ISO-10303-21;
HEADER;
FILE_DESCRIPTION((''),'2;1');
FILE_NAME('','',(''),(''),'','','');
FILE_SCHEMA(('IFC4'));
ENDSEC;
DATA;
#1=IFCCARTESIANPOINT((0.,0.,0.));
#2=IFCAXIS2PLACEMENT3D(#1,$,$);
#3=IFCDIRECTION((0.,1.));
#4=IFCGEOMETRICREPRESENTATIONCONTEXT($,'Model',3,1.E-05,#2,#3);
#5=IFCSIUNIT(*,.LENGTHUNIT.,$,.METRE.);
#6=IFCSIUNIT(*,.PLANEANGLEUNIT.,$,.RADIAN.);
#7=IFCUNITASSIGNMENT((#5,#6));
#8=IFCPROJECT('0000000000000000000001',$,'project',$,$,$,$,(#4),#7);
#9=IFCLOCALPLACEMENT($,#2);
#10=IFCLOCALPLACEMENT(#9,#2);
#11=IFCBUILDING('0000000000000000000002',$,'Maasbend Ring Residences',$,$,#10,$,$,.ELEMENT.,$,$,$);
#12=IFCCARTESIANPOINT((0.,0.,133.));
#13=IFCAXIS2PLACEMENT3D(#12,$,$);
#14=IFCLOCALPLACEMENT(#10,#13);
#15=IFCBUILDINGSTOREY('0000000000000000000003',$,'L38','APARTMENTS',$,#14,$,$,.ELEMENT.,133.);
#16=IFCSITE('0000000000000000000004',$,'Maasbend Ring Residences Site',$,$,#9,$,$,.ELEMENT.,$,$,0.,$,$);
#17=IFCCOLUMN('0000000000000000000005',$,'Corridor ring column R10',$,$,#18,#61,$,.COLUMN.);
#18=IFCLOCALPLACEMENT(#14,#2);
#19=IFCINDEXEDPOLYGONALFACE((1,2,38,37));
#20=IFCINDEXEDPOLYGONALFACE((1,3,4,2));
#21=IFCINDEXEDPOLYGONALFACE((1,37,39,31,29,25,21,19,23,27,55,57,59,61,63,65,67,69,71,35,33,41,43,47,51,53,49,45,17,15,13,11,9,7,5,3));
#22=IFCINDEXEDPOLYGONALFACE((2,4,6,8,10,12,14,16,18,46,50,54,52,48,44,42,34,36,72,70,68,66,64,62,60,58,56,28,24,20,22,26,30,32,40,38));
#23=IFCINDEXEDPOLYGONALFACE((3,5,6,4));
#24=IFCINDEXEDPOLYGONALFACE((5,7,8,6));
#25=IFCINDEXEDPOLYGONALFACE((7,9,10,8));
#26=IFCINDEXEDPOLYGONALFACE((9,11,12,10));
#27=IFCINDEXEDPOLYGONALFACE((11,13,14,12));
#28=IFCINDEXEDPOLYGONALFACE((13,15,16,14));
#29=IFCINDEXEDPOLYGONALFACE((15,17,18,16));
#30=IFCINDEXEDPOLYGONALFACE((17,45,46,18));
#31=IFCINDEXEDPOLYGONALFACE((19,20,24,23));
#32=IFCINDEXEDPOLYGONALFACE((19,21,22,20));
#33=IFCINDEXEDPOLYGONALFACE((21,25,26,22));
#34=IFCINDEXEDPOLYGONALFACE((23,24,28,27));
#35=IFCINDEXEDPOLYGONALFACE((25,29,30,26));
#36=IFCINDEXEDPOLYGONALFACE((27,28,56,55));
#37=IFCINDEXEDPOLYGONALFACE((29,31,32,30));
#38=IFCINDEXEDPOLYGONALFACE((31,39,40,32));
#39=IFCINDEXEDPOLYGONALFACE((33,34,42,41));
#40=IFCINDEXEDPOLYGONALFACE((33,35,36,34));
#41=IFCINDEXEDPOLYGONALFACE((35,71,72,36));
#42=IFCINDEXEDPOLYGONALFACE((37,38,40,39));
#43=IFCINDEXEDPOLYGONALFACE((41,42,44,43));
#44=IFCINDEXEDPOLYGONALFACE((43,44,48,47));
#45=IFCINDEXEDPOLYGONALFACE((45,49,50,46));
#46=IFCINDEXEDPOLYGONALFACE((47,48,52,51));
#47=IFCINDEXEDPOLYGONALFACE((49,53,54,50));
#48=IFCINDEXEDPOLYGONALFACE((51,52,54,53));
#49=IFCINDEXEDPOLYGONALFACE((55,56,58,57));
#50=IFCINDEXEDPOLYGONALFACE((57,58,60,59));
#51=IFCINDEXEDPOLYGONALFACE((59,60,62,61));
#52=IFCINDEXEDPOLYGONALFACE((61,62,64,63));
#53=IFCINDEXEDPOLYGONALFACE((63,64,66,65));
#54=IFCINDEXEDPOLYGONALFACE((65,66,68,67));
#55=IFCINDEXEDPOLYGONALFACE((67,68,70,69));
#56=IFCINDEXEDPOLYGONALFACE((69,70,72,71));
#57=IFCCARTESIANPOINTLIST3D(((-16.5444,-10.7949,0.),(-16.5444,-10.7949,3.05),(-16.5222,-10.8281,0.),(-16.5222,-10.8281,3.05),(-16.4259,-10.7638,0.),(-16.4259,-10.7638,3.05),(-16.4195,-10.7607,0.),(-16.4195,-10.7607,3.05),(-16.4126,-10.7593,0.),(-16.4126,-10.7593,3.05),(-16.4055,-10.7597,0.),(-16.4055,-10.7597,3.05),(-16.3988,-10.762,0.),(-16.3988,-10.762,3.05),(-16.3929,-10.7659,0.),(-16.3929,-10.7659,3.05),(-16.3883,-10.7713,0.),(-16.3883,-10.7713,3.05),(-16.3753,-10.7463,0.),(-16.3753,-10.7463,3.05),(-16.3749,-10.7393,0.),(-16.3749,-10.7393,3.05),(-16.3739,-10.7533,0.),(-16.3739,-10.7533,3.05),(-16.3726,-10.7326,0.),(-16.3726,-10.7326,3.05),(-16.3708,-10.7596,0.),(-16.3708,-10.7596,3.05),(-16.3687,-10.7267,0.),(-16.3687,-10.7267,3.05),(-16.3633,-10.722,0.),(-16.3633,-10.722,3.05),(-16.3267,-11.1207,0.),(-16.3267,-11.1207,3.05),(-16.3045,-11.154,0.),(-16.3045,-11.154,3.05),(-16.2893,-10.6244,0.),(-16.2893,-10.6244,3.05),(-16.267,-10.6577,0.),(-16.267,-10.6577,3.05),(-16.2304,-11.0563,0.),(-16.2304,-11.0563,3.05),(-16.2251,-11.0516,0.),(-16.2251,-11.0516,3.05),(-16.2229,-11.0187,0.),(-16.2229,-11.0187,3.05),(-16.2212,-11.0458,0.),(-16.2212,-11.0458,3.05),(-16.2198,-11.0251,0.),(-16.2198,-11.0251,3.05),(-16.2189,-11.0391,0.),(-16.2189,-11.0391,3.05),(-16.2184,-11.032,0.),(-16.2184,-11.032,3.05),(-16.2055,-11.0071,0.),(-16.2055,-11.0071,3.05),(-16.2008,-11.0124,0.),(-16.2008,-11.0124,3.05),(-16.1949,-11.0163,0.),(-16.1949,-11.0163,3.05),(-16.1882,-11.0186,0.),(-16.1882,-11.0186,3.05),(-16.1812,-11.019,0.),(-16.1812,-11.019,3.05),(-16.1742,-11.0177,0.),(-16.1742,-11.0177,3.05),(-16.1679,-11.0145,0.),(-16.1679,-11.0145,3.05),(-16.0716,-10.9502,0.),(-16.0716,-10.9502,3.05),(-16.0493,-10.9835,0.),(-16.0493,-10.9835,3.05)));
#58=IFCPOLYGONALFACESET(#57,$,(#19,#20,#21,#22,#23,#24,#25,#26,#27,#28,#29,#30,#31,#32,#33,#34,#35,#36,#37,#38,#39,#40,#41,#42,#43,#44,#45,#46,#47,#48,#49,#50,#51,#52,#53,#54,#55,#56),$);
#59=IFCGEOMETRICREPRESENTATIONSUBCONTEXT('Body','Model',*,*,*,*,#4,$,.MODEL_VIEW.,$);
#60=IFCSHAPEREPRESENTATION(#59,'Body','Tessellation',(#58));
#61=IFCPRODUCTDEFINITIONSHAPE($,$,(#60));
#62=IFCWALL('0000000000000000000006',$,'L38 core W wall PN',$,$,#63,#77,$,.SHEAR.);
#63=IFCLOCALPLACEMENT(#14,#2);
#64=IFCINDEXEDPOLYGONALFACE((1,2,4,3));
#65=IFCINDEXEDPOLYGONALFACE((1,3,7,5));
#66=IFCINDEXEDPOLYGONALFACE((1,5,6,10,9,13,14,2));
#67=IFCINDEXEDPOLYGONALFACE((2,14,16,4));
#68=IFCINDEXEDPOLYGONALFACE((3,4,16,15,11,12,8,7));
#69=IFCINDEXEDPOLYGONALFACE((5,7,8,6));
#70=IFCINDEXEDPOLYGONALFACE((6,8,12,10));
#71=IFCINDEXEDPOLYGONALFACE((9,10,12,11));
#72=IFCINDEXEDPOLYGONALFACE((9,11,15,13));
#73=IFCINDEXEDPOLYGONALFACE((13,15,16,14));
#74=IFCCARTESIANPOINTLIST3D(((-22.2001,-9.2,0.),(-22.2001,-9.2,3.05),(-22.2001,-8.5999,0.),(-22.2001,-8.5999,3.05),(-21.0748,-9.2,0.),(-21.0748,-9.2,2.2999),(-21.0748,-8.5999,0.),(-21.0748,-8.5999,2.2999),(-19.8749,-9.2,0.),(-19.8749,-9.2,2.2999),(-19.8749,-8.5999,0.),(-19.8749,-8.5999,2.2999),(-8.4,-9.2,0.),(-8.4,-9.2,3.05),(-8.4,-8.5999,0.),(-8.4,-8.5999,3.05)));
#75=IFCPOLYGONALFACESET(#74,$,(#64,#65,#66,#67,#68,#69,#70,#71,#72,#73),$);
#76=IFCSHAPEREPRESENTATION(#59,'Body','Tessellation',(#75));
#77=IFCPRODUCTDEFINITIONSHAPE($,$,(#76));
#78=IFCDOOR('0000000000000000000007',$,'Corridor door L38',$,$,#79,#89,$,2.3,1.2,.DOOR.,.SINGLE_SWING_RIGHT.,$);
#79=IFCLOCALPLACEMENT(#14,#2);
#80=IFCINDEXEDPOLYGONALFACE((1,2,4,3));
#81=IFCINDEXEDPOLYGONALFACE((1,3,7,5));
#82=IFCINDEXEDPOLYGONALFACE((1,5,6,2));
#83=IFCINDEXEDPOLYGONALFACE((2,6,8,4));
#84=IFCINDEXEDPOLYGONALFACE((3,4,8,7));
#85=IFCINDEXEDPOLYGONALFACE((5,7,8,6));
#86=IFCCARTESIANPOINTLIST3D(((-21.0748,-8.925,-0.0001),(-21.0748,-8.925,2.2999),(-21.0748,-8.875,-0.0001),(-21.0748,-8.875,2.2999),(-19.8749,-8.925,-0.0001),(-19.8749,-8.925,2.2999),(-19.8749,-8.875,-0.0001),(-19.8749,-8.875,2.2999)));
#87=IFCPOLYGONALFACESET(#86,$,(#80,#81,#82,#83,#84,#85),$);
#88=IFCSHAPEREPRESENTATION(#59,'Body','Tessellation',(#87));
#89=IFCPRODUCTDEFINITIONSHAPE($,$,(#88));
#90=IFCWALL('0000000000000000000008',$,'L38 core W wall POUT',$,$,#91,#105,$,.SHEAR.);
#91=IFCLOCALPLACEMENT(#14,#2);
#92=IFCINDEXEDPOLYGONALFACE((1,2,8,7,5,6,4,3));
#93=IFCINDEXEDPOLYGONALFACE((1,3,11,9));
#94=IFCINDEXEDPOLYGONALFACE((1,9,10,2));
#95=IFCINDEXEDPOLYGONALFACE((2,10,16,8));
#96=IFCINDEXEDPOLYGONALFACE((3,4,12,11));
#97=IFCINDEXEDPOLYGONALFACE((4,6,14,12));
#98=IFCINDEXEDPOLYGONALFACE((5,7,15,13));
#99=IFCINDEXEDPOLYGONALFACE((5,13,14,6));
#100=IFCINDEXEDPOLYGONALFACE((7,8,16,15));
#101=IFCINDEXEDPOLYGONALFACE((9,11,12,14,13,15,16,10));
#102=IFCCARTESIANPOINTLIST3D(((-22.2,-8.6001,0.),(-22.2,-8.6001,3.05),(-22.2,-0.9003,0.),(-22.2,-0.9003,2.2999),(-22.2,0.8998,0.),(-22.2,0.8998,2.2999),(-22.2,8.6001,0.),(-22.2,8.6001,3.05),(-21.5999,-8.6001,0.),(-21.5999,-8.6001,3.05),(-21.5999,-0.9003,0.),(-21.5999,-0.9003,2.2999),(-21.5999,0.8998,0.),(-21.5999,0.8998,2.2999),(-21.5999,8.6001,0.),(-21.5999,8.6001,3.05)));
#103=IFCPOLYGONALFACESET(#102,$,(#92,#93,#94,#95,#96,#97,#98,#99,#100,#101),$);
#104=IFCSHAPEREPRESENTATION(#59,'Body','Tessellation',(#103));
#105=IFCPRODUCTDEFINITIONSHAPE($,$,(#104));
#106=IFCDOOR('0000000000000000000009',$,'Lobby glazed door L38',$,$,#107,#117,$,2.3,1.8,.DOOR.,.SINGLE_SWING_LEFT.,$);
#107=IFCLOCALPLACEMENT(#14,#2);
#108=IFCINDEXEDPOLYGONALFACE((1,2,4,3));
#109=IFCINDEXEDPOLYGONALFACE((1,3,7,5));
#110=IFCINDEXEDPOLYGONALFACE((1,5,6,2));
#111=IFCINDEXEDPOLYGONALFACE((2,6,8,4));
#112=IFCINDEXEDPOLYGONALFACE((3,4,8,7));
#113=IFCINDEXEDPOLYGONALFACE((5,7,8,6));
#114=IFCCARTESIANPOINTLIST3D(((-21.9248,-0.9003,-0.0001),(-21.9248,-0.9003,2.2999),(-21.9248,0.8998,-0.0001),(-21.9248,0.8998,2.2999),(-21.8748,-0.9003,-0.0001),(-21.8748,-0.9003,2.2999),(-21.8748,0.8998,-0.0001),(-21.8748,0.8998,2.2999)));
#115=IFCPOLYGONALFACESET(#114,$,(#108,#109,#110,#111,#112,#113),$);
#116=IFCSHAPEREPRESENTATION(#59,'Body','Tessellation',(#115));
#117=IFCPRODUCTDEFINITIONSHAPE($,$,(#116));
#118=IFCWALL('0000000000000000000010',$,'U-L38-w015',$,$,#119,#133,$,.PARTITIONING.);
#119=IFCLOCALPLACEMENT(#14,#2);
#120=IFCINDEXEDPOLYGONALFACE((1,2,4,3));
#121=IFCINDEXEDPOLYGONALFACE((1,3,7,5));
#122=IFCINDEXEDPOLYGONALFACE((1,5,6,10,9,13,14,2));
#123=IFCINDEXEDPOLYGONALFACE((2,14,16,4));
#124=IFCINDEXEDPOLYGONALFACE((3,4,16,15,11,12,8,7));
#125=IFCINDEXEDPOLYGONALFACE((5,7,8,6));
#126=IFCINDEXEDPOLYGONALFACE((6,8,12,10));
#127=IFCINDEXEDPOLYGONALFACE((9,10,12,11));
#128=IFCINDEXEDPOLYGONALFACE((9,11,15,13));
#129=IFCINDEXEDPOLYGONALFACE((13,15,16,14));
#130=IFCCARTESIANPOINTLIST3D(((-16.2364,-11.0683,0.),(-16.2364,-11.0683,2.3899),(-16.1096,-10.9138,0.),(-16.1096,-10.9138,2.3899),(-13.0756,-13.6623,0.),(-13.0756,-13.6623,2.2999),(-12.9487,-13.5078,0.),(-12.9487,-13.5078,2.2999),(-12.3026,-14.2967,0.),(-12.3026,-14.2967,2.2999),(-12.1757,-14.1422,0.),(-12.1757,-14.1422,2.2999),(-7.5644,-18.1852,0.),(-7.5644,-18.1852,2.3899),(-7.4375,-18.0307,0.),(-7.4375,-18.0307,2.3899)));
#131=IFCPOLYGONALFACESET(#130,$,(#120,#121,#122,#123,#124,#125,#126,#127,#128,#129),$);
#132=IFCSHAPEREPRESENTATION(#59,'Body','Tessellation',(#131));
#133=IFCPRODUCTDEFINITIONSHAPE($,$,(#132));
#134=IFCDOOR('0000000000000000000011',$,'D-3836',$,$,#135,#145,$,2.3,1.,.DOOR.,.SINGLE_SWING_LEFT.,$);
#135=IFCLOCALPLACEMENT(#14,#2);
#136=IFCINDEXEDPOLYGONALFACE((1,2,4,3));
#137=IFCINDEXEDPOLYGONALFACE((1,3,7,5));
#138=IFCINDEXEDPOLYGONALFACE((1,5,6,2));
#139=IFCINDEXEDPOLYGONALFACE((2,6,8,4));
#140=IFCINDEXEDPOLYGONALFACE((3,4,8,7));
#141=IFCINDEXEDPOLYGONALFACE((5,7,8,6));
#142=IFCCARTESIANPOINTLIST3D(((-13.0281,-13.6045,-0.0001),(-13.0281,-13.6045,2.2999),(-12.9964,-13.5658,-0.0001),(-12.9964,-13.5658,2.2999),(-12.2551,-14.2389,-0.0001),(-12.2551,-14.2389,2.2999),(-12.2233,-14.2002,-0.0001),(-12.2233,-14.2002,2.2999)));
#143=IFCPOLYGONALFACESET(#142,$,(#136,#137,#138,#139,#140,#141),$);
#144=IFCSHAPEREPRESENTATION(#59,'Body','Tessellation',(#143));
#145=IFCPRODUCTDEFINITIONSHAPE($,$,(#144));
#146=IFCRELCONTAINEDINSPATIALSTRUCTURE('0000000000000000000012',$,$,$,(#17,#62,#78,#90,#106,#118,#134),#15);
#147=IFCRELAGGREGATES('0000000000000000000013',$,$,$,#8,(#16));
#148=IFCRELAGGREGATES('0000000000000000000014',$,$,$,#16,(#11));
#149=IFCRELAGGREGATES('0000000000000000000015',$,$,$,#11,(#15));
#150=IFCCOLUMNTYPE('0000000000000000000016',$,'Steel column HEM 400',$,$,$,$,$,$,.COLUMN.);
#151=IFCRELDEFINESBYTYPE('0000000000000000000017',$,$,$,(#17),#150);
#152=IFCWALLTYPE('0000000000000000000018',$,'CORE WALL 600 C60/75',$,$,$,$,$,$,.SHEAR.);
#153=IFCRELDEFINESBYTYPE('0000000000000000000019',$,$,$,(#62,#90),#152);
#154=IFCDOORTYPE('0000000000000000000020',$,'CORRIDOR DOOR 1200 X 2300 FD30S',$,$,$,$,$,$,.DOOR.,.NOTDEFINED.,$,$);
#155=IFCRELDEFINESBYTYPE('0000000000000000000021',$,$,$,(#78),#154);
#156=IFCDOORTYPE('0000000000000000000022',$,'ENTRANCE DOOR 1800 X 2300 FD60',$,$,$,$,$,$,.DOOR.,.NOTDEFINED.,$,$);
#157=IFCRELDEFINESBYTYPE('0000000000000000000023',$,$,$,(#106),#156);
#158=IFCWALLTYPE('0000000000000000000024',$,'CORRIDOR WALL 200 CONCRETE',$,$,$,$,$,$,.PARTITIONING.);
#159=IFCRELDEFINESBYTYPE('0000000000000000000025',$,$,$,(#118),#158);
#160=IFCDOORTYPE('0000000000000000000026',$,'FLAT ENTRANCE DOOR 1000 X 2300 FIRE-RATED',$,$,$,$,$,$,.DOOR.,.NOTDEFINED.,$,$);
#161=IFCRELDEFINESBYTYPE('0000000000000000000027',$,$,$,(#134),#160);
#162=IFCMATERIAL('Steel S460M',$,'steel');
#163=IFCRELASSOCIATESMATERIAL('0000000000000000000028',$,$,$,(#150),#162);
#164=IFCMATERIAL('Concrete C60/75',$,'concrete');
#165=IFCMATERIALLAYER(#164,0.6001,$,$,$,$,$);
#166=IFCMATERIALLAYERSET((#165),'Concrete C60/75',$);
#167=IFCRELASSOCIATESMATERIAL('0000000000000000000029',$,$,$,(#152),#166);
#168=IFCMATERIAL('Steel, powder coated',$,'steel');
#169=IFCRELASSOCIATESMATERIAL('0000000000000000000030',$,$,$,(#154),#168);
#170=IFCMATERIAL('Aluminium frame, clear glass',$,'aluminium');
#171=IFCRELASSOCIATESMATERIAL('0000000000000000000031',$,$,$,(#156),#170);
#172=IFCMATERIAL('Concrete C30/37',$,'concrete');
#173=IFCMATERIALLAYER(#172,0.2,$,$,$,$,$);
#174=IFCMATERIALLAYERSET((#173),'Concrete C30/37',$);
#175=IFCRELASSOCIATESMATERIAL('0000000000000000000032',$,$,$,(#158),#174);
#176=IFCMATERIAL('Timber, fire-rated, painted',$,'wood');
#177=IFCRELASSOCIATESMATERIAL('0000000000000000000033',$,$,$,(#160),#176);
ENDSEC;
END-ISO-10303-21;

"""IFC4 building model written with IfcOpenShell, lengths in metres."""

from ifc_helpers import new_model, si_unit, direction, frame, frame_2d, origin, origin_2d, place, context, subcontext, project, spatial, rectangle, i_section, extrude, material, layer, layer_set, material_profile, profile_set, type_object, element, fill, save


model = new_model("IFC4")

# Units and contexts
model_context = context("Model", 3, precision=1e-05, world=origin(), true_north=direction((0.0, 1.0)))
body_context = subcontext(model_context, "Body", "Model", "MODEL_VIEW")
ifc_project = project(units=[si_unit("LENGTHUNIT", "METRE"), si_unit("PLANEANGLEUNIT", "RADIAN")], contexts=[model_context])

# Site, building, storey
site_placement = place(None, origin())
site = spatial("IfcSite", under=ifc_project, at=site_placement, Name="Maasbend Ring Residences Site", CompositionType="ELEMENT", RefElevation=0.0)
building_placement = place(site_placement, origin())
building = spatial("IfcBuilding", under=site, at=building_placement, Name="Maasbend Ring Residences", CompositionType="ELEMENT")
storey_placement = place(building_placement, frame((0.0, 0.0, 133.0)))
storey = spatial("IfcBuildingStorey", under=building, at=storey_placement, Name="L38", Description="APARTMENTS", CompositionType="ELEMENT", Elevation=133.0)

# Column
ifc_material_1 = material(Name="Steel S460M", Category="steel")
ifc_material_profile = material_profile(ifc_material_1, i_section(OverallWidth=0.3069, OverallDepth=0.4319, WebThickness=0.021, FlangeThickness=0.04, FilletRadius=0.0271, at=origin_2d()), Name="HEM 400")
ifc_profile_set = profile_set([ifc_material_profile], Name="Steel S460M")
column_type = type_object("IfcColumnType", Name="Steel column HEM 400", PredefinedType="COLUMN", material=ifc_profile_set)
column_placement = place(storey_placement, frame((-16.2969, -10.8892, 0.0), z_axis=(0.0, 0.0, 1.0), x_axis=(-0.83147, -0.55557, 0.0)))
element("IfcColumn", 1, at=column_placement, inside=storey, type_object=column_type, Name="Corridor ring column R10", PredefinedType="COLUMN", context=body_context, shape_type="SweptSolid", body=[
    extrude(i_section(OverallWidth=0.3069, OverallDepth=0.4319, WebThickness=0.021, FlangeThickness=0.04, FilletRadius=0.0271, at=origin_2d()), origin(), (0.0, 0.0, 1.0), 3.05),
])

# Walls, openings, doors
ifc_material_2 = material(Name="Concrete C60/75", Category="concrete")
ifc_layer_1 = layer(ifc_material_2, 0.6001)
ifc_layer_set_1 = layer_set([ifc_layer_1], Name="Concrete C60/75")
wall_type_1 = type_object("IfcWallType", Name="CORE WALL 600 C60/75", PredefinedType="SHEAR", material=ifc_layer_set_1)
wall_1_placement = place(storey_placement, frame((-22.2, -8.8999, 0.0), z_axis=(0.0, 0.0, 1.0), x_axis=(1.0, 0.0, 0.0)))
wall_1 = element("IfcWall", 2, at=wall_1_placement, inside=storey, type_object=wall_type_1, Name="L38 core W wall PN", PredefinedType="SHEAR", context=body_context, shape_type="SweptSolid", body=[
    extrude(rectangle(XDim=13.8, YDim=0.6001, at=frame_2d((6.8999, 0.0))), origin(), (0.0, 0.0, 1.0), 3.05),
])
opening_1_placement = place(wall_1_placement, frame((1.125, 0.0, 0.0)))
opening_1 = element("IfcOpeningElement", 3, at=opening_1_placement, cuts=wall_1, PredefinedType="OPENING", context=body_context, shape_type="SweptSolid", body=[
    extrude(rectangle(XDim=1.2, YDim=2.3, at=frame_2d((0.6001, 1.1499))), frame((0.0, 0.3101, 0.0), z_axis=(0.0, -1.0, 0.0), x_axis=(1.0, 0.0, 0.0)), (0.0, 0.0, 1.0), 0.6201),
])
ifc_material_3 = material(Name="Steel, powder coated", Category="steel")
door_type_1 = type_object("IfcDoorType", Name="CORRIDOR DOOR 1200 X 2300 FD30S", OperationType="NOTDEFINED", PredefinedType="DOOR", material=ifc_material_3)
door_1_placement = place(opening_1_placement, origin())
door_1 = element("IfcDoor", 4, at=door_1_placement, inside=storey, type_object=door_type_1, Name="Corridor door L38", OperationType="SINGLE_SWING_RIGHT", OverallHeight=2.3, OverallWidth=1.2, PredefinedType="DOOR", context=body_context, shape_type="SweptSolid", body=[
    extrude(rectangle(XDim=1.2, YDim=2.3, at=frame_2d((0.6001, 1.1499))), frame((0.0, 0.0249, 0.0), z_axis=(0.0, -1.0, 0.0), x_axis=(1.0, 0.0, 0.0)), (0.0, 0.0, 1.0), 0.05),
])
fill(opening_1, door_1)
wall_2_placement = place(storey_placement, frame((-21.8999, -8.6001, 0.0), z_axis=(0.0, 0.0, 1.0), x_axis=(0.0, 1.0, 0.0)))
wall_2 = element("IfcWall", 5, at=wall_2_placement, inside=storey, type_object=wall_type_1, Name="L38 core W wall POUT", PredefinedType="SHEAR", context=body_context, shape_type="SweptSolid", body=[
    extrude(rectangle(XDim=17.2002, YDim=0.6001, at=frame_2d((8.6001, 0.0))), origin(), (0.0, 0.0, 1.0), 3.05),
])
opening_2_placement = place(wall_2_placement, frame((7.7, 0.0, 0.0)))
opening_2 = element("IfcOpeningElement", 6, at=opening_2_placement, cuts=wall_2, PredefinedType="OPENING", context=body_context, shape_type="SweptSolid", body=[
    extrude(rectangle(XDim=1.8, YDim=2.3, at=frame_2d((0.8999, 1.1499))), frame((0.0, 0.3101, 0.0), z_axis=(0.0, -1.0, 0.0), x_axis=(1.0, 0.0, 0.0)), (0.0, 0.0, 1.0), 0.6201),
])
ifc_material_4 = material(Name="Aluminium frame, clear glass", Category="aluminium")
door_type_2 = type_object("IfcDoorType", Name="ENTRANCE DOOR 1800 X 2300 FD60", OperationType="NOTDEFINED", PredefinedType="DOOR", material=ifc_material_4)
door_2_placement = place(opening_2_placement, origin())
door_2 = element("IfcDoor", 7, at=door_2_placement, inside=storey, type_object=door_type_2, Name="Lobby glazed door L38", OperationType="SINGLE_SWING_LEFT", OverallHeight=2.3, OverallWidth=1.8, PredefinedType="DOOR", context=body_context, shape_type="SweptSolid", body=[
    extrude(rectangle(XDim=1.8, YDim=2.3, at=frame_2d((0.8999, 1.1499))), frame((0.0, 0.0249, 0.0), z_axis=(0.0, -1.0, 0.0), x_axis=(1.0, 0.0, 0.0)), (0.0, 0.0, 1.0), 0.05),
])
fill(opening_2, door_2)
ifc_material_5 = material(Name="Concrete C30/37", Category="concrete")
ifc_layer_2 = layer(ifc_material_5, 0.2)
ifc_layer_set_2 = layer_set([ifc_layer_2], Name="Concrete C30/37")
wall_type_2 = type_object("IfcWallType", Name="CORRIDOR WALL 200 CONCRETE", PredefinedType="PARTITIONING", material=ifc_layer_set_2)
wall_3_placement = place(storey_placement, frame((-16.1731, -10.991, 0.0), z_axis=(0.0, 0.0, 1.0), x_axis=(0.773014, -0.634389, 0.0)))
wall_3 = element("IfcWall", 8, at=wall_3_placement, inside=storey, type_object=wall_type_2, Name="U-L38-w015", PredefinedType="PARTITIONING", context=body_context, shape_type="SweptSolid", body=[
    extrude(rectangle(XDim=11.2185, YDim=0.2, at=frame_2d((5.6094, 0.0))), origin(), (0.0, 0.0, 1.0), 2.3899),
])
opening_3_placement = place(wall_3_placement, frame((4.0891, 0.0, 0.0)))
opening_3 = element("IfcOpeningElement", 9, at=opening_3_placement, cuts=wall_3, PredefinedType="OPENING", context=body_context, shape_type="SweptSolid", body=[
    extrude(rectangle(XDim=1.0, YDim=2.3, at=frame_2d((0.5, 1.1499))), frame((0.0, 0.1099, 0.0), z_axis=(0.0, -1.0, 0.0), x_axis=(1.0, 0.0, 0.0)), (0.0, 0.0, 1.0), 0.22),
])
ifc_material_6 = material(Name="Timber, fire-rated, painted", Category="wood")
door_type_3 = type_object("IfcDoorType", Name="FLAT ENTRANCE DOOR 1000 X 2300 FIRE-RATED", OperationType="NOTDEFINED", PredefinedType="DOOR", material=ifc_material_6)
door_3_placement = place(opening_3_placement, origin())
door_3 = element("IfcDoor", 10, at=door_3_placement, inside=storey, type_object=door_type_3, Name="D-3836", OperationType="SINGLE_SWING_LEFT", OverallHeight=2.3, OverallWidth=1.0, PredefinedType="DOOR", context=body_context, shape_type="SweptSolid", body=[
    extrude(rectangle(XDim=1.0, YDim=2.3, at=frame_2d((0.5, 1.1499))), frame((0.0, 0.0249, 0.0), z_axis=(0.0, -1.0, 0.0), x_axis=(1.0, 0.0, 0.0)), (0.0, 0.0, 1.0), 0.05),
])
fill(opening_3, door_3)

save(model, "model.ifc")
